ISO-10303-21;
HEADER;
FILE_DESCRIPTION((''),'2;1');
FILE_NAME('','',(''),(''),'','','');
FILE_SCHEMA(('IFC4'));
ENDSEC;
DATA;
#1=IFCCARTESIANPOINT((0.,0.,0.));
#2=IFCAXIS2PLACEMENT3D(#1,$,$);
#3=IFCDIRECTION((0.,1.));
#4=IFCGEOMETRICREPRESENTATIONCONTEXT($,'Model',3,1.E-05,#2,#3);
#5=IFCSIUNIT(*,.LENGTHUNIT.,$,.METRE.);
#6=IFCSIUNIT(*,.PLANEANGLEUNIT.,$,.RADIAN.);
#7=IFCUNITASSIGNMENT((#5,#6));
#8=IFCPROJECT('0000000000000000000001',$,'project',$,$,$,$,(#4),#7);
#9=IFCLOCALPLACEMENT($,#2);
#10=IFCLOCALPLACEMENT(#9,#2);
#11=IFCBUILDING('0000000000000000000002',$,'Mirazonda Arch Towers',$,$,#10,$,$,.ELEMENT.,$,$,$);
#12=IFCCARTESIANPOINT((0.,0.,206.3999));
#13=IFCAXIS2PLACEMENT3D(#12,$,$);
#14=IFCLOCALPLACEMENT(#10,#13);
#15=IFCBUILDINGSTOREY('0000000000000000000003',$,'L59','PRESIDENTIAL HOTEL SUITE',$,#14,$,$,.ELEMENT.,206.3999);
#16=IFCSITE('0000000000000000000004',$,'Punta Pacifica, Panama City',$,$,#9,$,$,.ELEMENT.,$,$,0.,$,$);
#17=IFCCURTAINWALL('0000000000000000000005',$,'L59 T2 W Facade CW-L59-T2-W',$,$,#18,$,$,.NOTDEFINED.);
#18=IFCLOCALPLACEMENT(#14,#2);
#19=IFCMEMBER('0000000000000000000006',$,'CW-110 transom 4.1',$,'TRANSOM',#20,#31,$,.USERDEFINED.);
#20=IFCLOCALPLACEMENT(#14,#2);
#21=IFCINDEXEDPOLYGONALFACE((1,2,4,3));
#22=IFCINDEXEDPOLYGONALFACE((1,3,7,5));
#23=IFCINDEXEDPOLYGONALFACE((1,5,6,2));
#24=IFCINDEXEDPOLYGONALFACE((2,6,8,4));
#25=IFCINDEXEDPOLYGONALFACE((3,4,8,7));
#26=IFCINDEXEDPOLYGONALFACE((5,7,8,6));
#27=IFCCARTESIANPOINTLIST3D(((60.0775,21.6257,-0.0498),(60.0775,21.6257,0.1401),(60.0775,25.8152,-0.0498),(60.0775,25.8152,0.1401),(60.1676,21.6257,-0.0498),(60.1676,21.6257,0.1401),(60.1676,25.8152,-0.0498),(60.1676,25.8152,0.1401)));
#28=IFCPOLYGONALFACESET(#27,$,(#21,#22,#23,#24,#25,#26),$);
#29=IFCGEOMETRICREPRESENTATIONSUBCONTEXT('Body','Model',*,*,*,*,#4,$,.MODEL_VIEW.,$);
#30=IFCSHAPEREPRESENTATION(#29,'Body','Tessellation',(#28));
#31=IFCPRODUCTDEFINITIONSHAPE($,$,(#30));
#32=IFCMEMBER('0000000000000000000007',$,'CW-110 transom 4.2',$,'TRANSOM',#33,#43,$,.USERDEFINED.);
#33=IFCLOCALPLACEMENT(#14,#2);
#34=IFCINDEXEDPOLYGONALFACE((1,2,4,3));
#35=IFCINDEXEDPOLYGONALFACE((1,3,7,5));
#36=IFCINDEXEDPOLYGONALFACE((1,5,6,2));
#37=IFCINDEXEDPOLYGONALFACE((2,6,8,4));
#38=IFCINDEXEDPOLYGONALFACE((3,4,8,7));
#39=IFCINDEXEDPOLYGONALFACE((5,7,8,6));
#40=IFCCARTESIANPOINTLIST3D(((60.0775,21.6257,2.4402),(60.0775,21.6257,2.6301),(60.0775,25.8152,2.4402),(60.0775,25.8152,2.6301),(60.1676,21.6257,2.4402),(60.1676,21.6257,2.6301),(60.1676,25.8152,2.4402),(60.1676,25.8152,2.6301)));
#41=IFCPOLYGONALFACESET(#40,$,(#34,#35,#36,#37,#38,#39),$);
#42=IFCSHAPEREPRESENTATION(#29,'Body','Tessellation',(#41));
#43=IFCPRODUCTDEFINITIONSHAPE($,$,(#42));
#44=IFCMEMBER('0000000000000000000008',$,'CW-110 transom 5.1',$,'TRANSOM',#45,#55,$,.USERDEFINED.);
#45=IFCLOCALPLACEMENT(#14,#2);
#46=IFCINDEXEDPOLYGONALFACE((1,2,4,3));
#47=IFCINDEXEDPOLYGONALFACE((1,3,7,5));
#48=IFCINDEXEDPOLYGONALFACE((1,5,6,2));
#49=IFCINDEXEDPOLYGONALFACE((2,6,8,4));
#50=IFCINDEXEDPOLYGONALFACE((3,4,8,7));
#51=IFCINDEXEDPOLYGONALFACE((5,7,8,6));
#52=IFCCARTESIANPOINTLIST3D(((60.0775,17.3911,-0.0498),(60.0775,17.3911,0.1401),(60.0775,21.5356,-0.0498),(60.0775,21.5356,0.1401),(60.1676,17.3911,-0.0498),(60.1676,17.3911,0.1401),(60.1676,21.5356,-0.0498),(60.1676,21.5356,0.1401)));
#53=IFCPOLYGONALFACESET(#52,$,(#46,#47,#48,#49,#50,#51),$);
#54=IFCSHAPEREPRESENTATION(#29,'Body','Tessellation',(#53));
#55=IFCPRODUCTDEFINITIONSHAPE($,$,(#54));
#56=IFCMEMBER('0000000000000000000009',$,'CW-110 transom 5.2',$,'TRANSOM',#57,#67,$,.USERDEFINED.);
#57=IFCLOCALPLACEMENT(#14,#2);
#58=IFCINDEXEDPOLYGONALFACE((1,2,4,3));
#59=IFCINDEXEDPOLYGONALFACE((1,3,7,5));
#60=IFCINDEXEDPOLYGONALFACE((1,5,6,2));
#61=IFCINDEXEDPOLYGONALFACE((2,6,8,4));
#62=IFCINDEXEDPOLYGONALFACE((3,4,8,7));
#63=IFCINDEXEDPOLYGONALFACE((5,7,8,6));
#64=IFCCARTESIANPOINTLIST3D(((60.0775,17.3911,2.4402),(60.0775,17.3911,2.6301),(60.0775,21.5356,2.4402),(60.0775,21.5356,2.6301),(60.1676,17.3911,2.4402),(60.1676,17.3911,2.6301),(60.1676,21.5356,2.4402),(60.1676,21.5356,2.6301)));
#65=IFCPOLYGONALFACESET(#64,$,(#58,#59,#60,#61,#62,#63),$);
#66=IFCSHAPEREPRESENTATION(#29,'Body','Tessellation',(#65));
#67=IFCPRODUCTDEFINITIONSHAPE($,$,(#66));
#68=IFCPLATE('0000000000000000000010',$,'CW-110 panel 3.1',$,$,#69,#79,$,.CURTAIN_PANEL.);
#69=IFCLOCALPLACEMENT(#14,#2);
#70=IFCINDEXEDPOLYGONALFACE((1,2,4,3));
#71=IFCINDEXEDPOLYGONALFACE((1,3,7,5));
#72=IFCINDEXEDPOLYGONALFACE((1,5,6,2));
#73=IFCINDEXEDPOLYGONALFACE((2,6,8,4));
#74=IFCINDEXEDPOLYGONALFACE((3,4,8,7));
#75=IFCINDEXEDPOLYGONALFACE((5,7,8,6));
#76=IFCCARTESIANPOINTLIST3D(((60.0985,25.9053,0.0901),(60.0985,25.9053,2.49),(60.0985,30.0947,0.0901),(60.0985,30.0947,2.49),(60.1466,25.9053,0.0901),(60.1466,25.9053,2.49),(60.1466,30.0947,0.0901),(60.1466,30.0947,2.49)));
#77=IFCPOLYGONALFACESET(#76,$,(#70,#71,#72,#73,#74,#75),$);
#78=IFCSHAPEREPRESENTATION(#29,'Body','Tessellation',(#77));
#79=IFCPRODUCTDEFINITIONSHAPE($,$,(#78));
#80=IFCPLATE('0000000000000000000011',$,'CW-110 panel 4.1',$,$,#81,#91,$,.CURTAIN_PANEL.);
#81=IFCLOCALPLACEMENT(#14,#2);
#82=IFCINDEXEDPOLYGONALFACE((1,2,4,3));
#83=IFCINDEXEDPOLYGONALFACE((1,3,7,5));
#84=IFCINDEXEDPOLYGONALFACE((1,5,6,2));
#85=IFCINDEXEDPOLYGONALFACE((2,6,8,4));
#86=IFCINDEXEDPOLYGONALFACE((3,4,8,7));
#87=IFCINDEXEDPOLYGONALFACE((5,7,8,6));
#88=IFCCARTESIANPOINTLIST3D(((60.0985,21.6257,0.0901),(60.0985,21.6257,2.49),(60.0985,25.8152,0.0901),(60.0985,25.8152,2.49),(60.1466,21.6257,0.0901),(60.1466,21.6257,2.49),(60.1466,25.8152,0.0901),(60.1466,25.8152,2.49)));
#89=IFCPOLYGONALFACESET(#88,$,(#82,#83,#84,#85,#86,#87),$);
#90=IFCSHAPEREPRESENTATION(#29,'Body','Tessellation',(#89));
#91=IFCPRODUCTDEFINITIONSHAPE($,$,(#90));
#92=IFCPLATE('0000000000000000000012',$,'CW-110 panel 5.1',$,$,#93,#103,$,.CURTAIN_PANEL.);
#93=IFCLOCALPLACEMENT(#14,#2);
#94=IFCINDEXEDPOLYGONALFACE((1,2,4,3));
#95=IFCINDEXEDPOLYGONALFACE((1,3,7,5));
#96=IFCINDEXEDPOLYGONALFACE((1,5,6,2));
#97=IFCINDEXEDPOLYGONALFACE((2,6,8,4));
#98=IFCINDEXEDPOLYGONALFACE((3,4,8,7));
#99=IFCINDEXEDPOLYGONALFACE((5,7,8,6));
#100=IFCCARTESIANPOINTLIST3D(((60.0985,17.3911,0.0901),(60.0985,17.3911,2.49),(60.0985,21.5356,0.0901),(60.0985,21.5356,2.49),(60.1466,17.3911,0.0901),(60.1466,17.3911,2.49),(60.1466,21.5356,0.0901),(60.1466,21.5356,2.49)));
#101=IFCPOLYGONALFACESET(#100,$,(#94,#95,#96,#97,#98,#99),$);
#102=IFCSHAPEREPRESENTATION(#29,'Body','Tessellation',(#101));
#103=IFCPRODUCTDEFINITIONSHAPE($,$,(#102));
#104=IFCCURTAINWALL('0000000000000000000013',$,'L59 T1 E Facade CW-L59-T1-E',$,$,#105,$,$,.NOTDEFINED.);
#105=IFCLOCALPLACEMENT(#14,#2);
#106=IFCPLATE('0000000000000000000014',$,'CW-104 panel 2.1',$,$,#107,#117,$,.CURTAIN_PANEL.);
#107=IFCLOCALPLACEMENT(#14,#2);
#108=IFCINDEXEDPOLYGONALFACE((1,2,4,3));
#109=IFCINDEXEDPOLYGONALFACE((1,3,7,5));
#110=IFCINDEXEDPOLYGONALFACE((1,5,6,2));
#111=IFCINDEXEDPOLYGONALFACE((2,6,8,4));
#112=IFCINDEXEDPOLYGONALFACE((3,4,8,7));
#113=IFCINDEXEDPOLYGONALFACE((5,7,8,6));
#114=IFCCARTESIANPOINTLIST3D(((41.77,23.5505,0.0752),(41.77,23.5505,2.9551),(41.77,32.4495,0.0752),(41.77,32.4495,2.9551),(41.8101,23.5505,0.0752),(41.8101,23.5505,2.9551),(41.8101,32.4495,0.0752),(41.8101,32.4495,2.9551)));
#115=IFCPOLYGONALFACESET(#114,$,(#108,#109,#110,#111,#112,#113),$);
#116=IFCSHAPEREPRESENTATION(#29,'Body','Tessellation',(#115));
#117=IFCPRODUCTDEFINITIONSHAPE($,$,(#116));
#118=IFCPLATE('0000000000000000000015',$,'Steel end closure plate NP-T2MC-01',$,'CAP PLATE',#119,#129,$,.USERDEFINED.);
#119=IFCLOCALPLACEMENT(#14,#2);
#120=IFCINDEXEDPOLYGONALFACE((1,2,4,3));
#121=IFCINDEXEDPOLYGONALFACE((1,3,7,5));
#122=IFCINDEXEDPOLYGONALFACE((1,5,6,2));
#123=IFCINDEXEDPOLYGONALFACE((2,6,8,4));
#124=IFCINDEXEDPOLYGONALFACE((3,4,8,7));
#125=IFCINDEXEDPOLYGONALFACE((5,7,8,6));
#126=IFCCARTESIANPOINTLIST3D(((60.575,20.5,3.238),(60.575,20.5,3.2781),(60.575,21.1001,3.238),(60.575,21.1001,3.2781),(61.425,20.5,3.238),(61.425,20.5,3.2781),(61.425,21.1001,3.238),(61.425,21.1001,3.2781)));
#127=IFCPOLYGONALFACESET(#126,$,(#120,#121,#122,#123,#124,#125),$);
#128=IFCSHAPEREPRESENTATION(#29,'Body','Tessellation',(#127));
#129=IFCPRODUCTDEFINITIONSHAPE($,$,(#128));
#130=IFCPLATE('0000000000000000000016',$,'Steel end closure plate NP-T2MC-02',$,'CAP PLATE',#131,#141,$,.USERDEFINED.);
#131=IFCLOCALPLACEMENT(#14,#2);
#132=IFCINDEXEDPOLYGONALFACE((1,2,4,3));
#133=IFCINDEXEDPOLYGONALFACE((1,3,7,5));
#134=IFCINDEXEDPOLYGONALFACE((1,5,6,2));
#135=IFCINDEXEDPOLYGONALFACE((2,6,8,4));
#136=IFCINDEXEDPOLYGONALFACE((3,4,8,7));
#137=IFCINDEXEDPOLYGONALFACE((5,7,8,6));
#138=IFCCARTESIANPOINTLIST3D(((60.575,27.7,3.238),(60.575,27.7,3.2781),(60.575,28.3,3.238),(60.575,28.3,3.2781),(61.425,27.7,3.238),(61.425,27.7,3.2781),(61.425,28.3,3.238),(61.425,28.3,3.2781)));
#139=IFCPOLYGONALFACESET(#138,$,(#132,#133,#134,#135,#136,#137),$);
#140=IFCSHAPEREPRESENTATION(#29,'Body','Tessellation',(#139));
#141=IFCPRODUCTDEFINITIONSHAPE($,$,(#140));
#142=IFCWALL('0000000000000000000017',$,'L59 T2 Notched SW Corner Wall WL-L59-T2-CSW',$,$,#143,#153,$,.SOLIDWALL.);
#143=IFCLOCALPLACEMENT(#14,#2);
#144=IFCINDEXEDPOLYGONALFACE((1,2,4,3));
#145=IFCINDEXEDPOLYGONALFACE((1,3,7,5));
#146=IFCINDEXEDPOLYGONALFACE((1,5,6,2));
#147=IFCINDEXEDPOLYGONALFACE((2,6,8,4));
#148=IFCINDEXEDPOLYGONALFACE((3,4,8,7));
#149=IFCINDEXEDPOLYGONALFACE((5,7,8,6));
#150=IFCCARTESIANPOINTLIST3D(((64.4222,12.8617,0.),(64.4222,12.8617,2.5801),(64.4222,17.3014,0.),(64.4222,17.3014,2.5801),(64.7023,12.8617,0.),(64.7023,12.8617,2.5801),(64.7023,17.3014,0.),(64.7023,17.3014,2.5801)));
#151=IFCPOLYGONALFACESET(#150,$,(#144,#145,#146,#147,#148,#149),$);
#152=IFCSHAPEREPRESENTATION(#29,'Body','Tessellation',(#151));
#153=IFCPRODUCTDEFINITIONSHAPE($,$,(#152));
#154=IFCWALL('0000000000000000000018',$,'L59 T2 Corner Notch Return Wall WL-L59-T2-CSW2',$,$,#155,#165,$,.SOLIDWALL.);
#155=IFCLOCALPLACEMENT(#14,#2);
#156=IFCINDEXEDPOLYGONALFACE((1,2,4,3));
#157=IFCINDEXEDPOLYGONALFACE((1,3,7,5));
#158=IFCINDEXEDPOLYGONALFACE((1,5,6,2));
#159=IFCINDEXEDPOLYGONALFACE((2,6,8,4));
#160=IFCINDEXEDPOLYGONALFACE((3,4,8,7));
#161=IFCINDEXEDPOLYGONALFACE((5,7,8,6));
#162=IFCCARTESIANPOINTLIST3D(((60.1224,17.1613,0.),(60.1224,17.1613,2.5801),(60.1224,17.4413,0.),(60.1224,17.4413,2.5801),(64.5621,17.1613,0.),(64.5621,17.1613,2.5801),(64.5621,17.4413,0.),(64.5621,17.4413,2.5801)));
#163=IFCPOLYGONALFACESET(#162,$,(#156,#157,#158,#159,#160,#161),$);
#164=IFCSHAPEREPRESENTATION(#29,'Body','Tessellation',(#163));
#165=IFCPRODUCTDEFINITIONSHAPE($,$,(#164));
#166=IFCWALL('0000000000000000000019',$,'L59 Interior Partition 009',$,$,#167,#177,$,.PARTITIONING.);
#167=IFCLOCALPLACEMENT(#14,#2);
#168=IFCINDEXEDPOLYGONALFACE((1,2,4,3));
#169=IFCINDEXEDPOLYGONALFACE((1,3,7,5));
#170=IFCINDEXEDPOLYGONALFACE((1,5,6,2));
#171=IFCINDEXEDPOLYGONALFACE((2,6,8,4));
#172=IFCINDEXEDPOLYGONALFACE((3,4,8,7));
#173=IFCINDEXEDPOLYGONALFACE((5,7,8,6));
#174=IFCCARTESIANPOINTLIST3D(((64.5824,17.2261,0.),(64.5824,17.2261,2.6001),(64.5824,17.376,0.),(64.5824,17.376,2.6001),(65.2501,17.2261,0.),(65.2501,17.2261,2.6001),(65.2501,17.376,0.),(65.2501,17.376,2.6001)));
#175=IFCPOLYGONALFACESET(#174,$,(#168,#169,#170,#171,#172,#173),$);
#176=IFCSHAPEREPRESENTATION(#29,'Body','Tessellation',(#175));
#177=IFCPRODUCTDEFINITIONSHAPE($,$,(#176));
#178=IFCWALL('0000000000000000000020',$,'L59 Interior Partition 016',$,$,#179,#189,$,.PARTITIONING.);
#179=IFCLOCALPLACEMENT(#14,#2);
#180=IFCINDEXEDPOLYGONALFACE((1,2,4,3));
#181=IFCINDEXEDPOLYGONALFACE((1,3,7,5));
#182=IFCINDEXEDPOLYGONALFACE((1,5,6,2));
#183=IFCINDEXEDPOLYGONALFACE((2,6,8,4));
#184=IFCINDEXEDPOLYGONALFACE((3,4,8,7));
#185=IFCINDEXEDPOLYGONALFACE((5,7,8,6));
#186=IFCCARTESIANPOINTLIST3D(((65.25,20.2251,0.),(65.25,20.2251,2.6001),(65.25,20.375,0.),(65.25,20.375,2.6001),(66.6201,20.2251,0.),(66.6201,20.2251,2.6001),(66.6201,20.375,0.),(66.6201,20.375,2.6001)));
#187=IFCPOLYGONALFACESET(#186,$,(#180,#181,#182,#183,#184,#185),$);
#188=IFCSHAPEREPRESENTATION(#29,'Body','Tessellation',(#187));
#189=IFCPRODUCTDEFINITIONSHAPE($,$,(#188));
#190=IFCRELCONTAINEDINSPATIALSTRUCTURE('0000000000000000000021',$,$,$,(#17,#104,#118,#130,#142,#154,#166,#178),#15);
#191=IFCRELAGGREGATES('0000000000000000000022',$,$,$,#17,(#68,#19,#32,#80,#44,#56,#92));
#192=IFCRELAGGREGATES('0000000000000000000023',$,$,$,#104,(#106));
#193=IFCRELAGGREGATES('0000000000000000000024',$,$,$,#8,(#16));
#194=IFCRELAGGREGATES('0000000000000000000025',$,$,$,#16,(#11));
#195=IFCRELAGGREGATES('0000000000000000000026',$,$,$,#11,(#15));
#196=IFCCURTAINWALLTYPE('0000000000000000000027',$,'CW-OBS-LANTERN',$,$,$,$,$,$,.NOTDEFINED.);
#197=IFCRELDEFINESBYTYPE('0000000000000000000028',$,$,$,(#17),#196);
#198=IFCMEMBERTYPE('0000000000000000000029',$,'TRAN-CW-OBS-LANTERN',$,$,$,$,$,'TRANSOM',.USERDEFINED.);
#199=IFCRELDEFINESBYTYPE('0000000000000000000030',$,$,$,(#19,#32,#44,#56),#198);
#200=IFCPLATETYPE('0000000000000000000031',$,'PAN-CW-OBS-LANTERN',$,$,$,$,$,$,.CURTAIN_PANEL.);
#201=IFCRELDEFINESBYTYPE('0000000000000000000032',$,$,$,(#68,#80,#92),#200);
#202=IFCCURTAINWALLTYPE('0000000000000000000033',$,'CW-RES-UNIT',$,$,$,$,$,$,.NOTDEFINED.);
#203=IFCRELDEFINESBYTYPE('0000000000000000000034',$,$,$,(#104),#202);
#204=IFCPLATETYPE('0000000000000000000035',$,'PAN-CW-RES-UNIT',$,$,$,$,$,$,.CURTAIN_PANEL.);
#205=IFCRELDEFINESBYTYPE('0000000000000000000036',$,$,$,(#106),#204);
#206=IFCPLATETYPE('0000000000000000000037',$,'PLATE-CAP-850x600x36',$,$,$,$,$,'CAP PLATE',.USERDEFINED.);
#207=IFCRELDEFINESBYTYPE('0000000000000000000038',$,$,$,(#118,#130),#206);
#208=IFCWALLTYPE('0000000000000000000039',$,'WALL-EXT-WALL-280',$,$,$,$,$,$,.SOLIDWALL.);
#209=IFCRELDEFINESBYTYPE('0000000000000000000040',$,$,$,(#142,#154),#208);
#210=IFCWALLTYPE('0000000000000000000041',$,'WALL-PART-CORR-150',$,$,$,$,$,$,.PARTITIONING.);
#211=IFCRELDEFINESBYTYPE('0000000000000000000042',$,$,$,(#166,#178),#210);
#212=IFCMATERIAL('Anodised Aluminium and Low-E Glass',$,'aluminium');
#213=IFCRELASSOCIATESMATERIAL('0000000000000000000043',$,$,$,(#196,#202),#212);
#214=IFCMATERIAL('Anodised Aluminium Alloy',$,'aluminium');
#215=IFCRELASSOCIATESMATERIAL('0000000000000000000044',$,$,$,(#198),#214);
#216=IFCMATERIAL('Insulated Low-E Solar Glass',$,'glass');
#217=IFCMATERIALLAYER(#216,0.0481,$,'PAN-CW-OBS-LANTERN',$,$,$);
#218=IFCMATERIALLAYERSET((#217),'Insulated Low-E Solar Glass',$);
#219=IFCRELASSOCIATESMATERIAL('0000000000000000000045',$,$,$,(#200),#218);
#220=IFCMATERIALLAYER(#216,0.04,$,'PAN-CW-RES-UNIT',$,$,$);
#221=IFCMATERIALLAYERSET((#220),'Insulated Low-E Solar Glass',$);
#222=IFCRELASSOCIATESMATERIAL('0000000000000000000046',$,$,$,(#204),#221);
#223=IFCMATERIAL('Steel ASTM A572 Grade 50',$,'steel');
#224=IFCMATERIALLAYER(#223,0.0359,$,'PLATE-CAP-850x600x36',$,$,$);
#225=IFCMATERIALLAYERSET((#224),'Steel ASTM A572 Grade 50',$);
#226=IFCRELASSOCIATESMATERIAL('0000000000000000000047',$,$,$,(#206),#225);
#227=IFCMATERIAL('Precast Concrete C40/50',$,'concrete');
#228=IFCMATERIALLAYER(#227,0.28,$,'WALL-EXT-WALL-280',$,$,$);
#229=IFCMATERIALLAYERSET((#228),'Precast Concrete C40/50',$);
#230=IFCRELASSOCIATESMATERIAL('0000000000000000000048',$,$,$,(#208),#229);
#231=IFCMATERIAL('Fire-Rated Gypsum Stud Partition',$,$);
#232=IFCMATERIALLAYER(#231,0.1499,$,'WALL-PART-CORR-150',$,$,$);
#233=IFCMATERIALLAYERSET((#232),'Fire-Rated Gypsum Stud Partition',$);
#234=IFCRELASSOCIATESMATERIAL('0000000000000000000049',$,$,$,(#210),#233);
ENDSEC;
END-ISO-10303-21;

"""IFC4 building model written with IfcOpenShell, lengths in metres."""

from ifc_helpers import new_model, si_unit, direction, frame, frame_2d, origin, origin_2d, place, context, subcontext, project, spatial, rectangle, extrude, material, layer, layer_set, material_profile, profile_set, type_object, element, aggregate, save


model = new_model("IFC4")

# Units and contexts
model_context = context("Model", 3, precision=1e-05, world=origin(), true_north=direction((0.0, 1.0)))
body_context = subcontext(model_context, "Body", "Model", "MODEL_VIEW")
ifc_project = project(units=[si_unit("LENGTHUNIT", "METRE"), si_unit("PLANEANGLEUNIT", "RADIAN")], contexts=[model_context])

# Site, building, storey
site_placement = place(None, origin())
site = spatial("IfcSite", under=ifc_project, at=site_placement, Name="Punta Pacifica, Panama City", CompositionType="ELEMENT", RefElevation=0.0)
building_placement = place(site_placement, origin())
building = spatial("IfcBuilding", under=site, at=building_placement, Name="Mirazonda Arch Towers", CompositionType="ELEMENT")
storey_placement = place(building_placement, frame((0.0, 0.0, 206.3999)))
storey = spatial("IfcBuildingStorey", under=building, at=storey_placement, Name="L59", Description="PRESIDENTIAL HOTEL SUITE", CompositionType="ELEMENT", Elevation=206.3999)

# Shared definitions
ifc_material_1 = material(Name="Steel ASTM A572 Grade 50", Category="steel")

# Shared definitions
ifc_material_2 = material(Name="Anodised Aluminium and Low-E Glass", Category="aluminium")
curtain_wall_type_1 = type_object("IfcCurtainWallType", Name="CW-OBS-LANTERN", PredefinedType="NOTDEFINED", material=ifc_material_2)
ifc_material_3 = material(Name="Anodised Aluminium Alloy", Category="aluminium")

# Curtain wall, members, plates
curtain_wall_1_placement = place(storey_placement, origin())
curtain_wall_1 = element("IfcCurtainWall", 1, at=curtain_wall_1_placement, inside=storey, type_object=curtain_wall_type_1, Name="L59 T2 W Facade CW-L59-T2-W", PredefinedType="NOTDEFINED")
ifc_material_profile_1 = material_profile(ifc_material_3, rectangle(XDim=0.0901, YDim=0.1899, at=origin_2d()), Name="ALU-TRAN-90x190")
ifc_profile_set_1 = profile_set([ifc_material_profile_1], Name="Anodised Aluminium Alloy")
member_type_1 = type_object("IfcMemberType", Name="TRAN-CW-OBS-LANTERN", ElementType="TRANSOM", PredefinedType="USERDEFINED", material=ifc_profile_set_1)
member_1_placement = place(storey_placement, frame((60.1226, 25.8152, 0.0452), z_axis=(0.0, -1.0, 0.0), x_axis=(1.0, 0.0, 0.0)))
member_1 = element("IfcMember", 2, at=member_1_placement, type_object=member_type_1, Name="CW-110 transom 4.1", ObjectType="TRANSOM", PredefinedType="USERDEFINED", context=body_context, shape_type="SweptSolid", body=[
    extrude(rectangle(XDim=0.0901, YDim=0.1899, at=origin_2d()), origin(), (0.0, 0.0, 1.0), 4.1895),
])
member_2_placement = place(storey_placement, frame((60.1226, 25.8152, 2.5352), z_axis=(0.0, -1.0, 0.0), x_axis=(1.0, 0.0, 0.0)))
member_2 = element("IfcMember", 3, at=member_2_placement, type_object=member_type_1, Name="CW-110 transom 4.2", ObjectType="TRANSOM", PredefinedType="USERDEFINED", context=body_context, shape_type="SweptSolid", body=[
    extrude(rectangle(XDim=0.0901, YDim=0.1899, at=origin_2d()), origin(), (0.0, 0.0, 1.0), 4.1895),
])
member_3_placement = place(storey_placement, frame((60.1226, 21.5356, 0.0452), z_axis=(0.0, -1.0, 0.0), x_axis=(1.0, 0.0, 0.0)))
member_3 = element("IfcMember", 4, at=member_3_placement, type_object=member_type_1, Name="CW-110 transom 5.1", ObjectType="TRANSOM", PredefinedType="USERDEFINED", context=body_context, shape_type="SweptSolid", body=[
    extrude(rectangle(XDim=0.0901, YDim=0.1899, at=origin_2d()), origin(), (0.0, 0.0, 1.0), 4.1445),
])
member_4_placement = place(storey_placement, frame((60.1226, 21.5356, 2.5352), z_axis=(0.0, -1.0, 0.0), x_axis=(1.0, 0.0, 0.0)))
member_4 = element("IfcMember", 5, at=member_4_placement, type_object=member_type_1, Name="CW-110 transom 5.2", ObjectType="TRANSOM", PredefinedType="USERDEFINED", context=body_context, shape_type="SweptSolid", body=[
    extrude(rectangle(XDim=0.0901, YDim=0.1899, at=origin_2d()), origin(), (0.0, 0.0, 1.0), 4.1445),
])
ifc_material_4 = material(Name="Insulated Low-E Solar Glass", Category="glass")
ifc_layer_1 = layer(ifc_material_4, 0.0481, Name="PAN-CW-OBS-LANTERN")
ifc_layer_set_1 = layer_set([ifc_layer_1], Name="Insulated Low-E Solar Glass")
plate_type_1 = type_object("IfcPlateType", Name="PAN-CW-OBS-LANTERN", PredefinedType="CURTAIN_PANEL", material=ifc_layer_set_1)
plate_1_placement = place(storey_placement, frame((60.1226, 28.0, 0.0901), z_axis=(0.0, 0.0, 1.0), x_axis=(0.0, -1.0, 0.0)))
plate_1 = element("IfcPlate", 6, at=plate_1_placement, type_object=plate_type_1, Name="CW-110 panel 3.1", PredefinedType="CURTAIN_PANEL", context=body_context, shape_type="SweptSolid", body=[
    extrude(rectangle(XDim=4.1895, YDim=0.0481, at=origin_2d()), origin(), (0.0, 0.0, 1.0), 2.3999),
])
plate_2_placement = place(storey_placement, frame((60.1226, 23.7205, 0.0901), z_axis=(0.0, 0.0, 1.0), x_axis=(0.0, -1.0, 0.0)))
plate_2 = element("IfcPlate", 7, at=plate_2_placement, type_object=plate_type_1, Name="CW-110 panel 4.1", PredefinedType="CURTAIN_PANEL", context=body_context, shape_type="SweptSolid", body=[
    extrude(rectangle(XDim=4.1895, YDim=0.0481, at=origin_2d()), origin(), (0.0, 0.0, 1.0), 2.3999),
])
plate_3_placement = place(storey_placement, frame((60.1226, 19.4634, 0.0901), z_axis=(0.0, 0.0, 1.0), x_axis=(0.0, -1.0, 0.0)))
plate_3 = element("IfcPlate", 8, at=plate_3_placement, type_object=plate_type_1, Name="CW-110 panel 5.1", PredefinedType="CURTAIN_PANEL", context=body_context, shape_type="SweptSolid", body=[
    extrude(rectangle(XDim=4.1445, YDim=0.0481, at=origin_2d()), origin(), (0.0, 0.0, 1.0), 2.3999),
])
aggregate(curtain_wall_1, [plate_1, member_1, member_2, plate_2, member_3, member_4, plate_3])

# Curtain wall, plate
curtain_wall_type_2 = type_object("IfcCurtainWallType", Name="CW-RES-UNIT", PredefinedType="NOTDEFINED", material=ifc_material_2)
curtain_wall_2_placement = place(storey_placement, origin())
curtain_wall_2 = element("IfcCurtainWall", 9, at=curtain_wall_2_placement, inside=storey, type_object=curtain_wall_type_2, Name="L59 T1 E Facade CW-L59-T1-E", PredefinedType="NOTDEFINED")
ifc_layer_2 = layer(ifc_material_4, 0.04, Name="PAN-CW-RES-UNIT")
ifc_layer_set_2 = layer_set([ifc_layer_2], Name="Insulated Low-E Solar Glass")
plate_type_2 = type_object("IfcPlateType", Name="PAN-CW-RES-UNIT", PredefinedType="CURTAIN_PANEL", material=ifc_layer_set_2)
plate_4_placement = place(storey_placement, frame((41.79, 28.0, 0.0752), z_axis=(0.0, 0.0, 1.0), x_axis=(0.0, 1.0, 0.0)))
plate_4 = element("IfcPlate", 10, at=plate_4_placement, type_object=plate_type_2, Name="CW-104 panel 2.1", PredefinedType="CURTAIN_PANEL", context=body_context, shape_type="SweptSolid", body=[
    extrude(rectangle(XDim=8.8989, YDim=0.04, at=origin_2d()), origin(), (0.0, 0.0, 1.0), 2.8799),
])
aggregate(curtain_wall_2, [plate_4])

# Plates
ifc_layer_3 = layer(ifc_material_1, 0.0359, Name="PLATE-CAP-850x600x36")
ifc_layer_set_3 = layer_set([ifc_layer_3], Name="Steel ASTM A572 Grade 50")
plate_type_3 = type_object("IfcPlateType", Name="PLATE-CAP-850x600x36", ElementType="CAP PLATE", PredefinedType="USERDEFINED", material=ifc_layer_set_3)
for number, where, z_axis, x_axis, name in (
    (11, (61.0, 20.8, 3.238), (0.0, 0.0, 1.0), (1.0, 0.0, 0.0), "Steel end closure plate NP-T2MC-01"),
    (12, (61.0, 28.0, 3.238), (0.0, 0.0, 1.0), (1.0, 0.0, 0.0), "Steel end closure plate NP-T2MC-02"),
):
    element("IfcPlate", number, at=place(storey_placement, frame(where, z_axis=z_axis, x_axis=x_axis)), inside=storey, type_object=plate_type_3, Name=name, ObjectType="CAP PLATE", PredefinedType="USERDEFINED", context=body_context, shape_type="SweptSolid", body=[
        extrude(rectangle(XDim=0.8501, YDim=0.6001, at=origin_2d()), origin(), (0.0, 0.0, 1.0), 0.04),
    ])

# Walls
ifc_material_5 = material(Name="Precast Concrete C40/50", Category="concrete")
ifc_layer_4 = layer(ifc_material_5, 0.28, Name="WALL-EXT-WALL-280")
ifc_layer_set_4 = layer_set([ifc_layer_4], Name="Precast Concrete C40/50")
wall_type_1 = type_object("IfcWallType", Name="WALL-EXT-WALL-280", PredefinedType="SOLIDWALL", material=ifc_layer_set_4)
for number, where, z_axis, x_axis, name in (
    (13, (64.5623, 17.3013, 0.0), (0.0, 0.0, 1.0), (0.0, -1.0, 0.0), "L59 T2 Notched SW Corner Wall WL-L59-T2-CSW"),
    (14, (60.1226, 17.3013, 0.0), (0.0, 0.0, 1.0), (1.0, 0.0, 0.0), "L59 T2 Corner Notch Return Wall WL-L59-T2-CSW2"),
):
    element("IfcWall", number, at=place(storey_placement, frame(where, z_axis=z_axis, x_axis=x_axis)), inside=storey, type_object=wall_type_1, Name=name, PredefinedType="SOLIDWALL", context=body_context, shape_type="SweptSolid", body=[
        extrude(rectangle(XDim=4.4397, YDim=0.28, at=frame_2d((2.2197, 0.0))), origin(), (0.0, 0.0, 1.0), 2.5801),
    ])
ifc_material_6 = material(Name="Fire-Rated Gypsum Stud Partition")
ifc_layer_5 = layer(ifc_material_6, 0.1499, Name="WALL-PART-CORR-150")
ifc_layer_set_5 = layer_set([ifc_layer_5], Name="Fire-Rated Gypsum Stud Partition")
wall_type_2 = type_object("IfcWallType", Name="WALL-PART-CORR-150", PredefinedType="PARTITIONING", material=ifc_layer_set_5)
wall_1_placement = place(storey_placement, frame((64.5823, 17.301, 0.0), z_axis=(0.0, 0.0, 1.0), x_axis=(1.0, 0.0, 0.0)))
element("IfcWall", 15, at=wall_1_placement, inside=storey, type_object=wall_type_2, Name="L59 Interior Partition 009", PredefinedType="PARTITIONING", context=body_context, shape_type="SweptSolid", body=[
    extrude(rectangle(XDim=0.6677, YDim=0.1499, at=frame_2d((0.334, 0.0))), origin(), (0.0, 0.0, 1.0), 2.6001),
])
wall_2_placement = place(storey_placement, frame((65.25, 20.3, 0.0), z_axis=(0.0, 0.0, 1.0), x_axis=(1.0, 0.0, 0.0)))
element("IfcWall", 16, at=wall_2_placement, inside=storey, type_object=wall_type_2, Name="L59 Interior Partition 016", PredefinedType="PARTITIONING", context=body_context, shape_type="SweptSolid", body=[
    extrude(rectangle(XDim=1.3701, YDim=0.1499, at=frame_2d((0.6851, 0.0))), origin(), (0.0, 0.0, 1.0), 2.6001),
])

save(model, "model.ifc")
